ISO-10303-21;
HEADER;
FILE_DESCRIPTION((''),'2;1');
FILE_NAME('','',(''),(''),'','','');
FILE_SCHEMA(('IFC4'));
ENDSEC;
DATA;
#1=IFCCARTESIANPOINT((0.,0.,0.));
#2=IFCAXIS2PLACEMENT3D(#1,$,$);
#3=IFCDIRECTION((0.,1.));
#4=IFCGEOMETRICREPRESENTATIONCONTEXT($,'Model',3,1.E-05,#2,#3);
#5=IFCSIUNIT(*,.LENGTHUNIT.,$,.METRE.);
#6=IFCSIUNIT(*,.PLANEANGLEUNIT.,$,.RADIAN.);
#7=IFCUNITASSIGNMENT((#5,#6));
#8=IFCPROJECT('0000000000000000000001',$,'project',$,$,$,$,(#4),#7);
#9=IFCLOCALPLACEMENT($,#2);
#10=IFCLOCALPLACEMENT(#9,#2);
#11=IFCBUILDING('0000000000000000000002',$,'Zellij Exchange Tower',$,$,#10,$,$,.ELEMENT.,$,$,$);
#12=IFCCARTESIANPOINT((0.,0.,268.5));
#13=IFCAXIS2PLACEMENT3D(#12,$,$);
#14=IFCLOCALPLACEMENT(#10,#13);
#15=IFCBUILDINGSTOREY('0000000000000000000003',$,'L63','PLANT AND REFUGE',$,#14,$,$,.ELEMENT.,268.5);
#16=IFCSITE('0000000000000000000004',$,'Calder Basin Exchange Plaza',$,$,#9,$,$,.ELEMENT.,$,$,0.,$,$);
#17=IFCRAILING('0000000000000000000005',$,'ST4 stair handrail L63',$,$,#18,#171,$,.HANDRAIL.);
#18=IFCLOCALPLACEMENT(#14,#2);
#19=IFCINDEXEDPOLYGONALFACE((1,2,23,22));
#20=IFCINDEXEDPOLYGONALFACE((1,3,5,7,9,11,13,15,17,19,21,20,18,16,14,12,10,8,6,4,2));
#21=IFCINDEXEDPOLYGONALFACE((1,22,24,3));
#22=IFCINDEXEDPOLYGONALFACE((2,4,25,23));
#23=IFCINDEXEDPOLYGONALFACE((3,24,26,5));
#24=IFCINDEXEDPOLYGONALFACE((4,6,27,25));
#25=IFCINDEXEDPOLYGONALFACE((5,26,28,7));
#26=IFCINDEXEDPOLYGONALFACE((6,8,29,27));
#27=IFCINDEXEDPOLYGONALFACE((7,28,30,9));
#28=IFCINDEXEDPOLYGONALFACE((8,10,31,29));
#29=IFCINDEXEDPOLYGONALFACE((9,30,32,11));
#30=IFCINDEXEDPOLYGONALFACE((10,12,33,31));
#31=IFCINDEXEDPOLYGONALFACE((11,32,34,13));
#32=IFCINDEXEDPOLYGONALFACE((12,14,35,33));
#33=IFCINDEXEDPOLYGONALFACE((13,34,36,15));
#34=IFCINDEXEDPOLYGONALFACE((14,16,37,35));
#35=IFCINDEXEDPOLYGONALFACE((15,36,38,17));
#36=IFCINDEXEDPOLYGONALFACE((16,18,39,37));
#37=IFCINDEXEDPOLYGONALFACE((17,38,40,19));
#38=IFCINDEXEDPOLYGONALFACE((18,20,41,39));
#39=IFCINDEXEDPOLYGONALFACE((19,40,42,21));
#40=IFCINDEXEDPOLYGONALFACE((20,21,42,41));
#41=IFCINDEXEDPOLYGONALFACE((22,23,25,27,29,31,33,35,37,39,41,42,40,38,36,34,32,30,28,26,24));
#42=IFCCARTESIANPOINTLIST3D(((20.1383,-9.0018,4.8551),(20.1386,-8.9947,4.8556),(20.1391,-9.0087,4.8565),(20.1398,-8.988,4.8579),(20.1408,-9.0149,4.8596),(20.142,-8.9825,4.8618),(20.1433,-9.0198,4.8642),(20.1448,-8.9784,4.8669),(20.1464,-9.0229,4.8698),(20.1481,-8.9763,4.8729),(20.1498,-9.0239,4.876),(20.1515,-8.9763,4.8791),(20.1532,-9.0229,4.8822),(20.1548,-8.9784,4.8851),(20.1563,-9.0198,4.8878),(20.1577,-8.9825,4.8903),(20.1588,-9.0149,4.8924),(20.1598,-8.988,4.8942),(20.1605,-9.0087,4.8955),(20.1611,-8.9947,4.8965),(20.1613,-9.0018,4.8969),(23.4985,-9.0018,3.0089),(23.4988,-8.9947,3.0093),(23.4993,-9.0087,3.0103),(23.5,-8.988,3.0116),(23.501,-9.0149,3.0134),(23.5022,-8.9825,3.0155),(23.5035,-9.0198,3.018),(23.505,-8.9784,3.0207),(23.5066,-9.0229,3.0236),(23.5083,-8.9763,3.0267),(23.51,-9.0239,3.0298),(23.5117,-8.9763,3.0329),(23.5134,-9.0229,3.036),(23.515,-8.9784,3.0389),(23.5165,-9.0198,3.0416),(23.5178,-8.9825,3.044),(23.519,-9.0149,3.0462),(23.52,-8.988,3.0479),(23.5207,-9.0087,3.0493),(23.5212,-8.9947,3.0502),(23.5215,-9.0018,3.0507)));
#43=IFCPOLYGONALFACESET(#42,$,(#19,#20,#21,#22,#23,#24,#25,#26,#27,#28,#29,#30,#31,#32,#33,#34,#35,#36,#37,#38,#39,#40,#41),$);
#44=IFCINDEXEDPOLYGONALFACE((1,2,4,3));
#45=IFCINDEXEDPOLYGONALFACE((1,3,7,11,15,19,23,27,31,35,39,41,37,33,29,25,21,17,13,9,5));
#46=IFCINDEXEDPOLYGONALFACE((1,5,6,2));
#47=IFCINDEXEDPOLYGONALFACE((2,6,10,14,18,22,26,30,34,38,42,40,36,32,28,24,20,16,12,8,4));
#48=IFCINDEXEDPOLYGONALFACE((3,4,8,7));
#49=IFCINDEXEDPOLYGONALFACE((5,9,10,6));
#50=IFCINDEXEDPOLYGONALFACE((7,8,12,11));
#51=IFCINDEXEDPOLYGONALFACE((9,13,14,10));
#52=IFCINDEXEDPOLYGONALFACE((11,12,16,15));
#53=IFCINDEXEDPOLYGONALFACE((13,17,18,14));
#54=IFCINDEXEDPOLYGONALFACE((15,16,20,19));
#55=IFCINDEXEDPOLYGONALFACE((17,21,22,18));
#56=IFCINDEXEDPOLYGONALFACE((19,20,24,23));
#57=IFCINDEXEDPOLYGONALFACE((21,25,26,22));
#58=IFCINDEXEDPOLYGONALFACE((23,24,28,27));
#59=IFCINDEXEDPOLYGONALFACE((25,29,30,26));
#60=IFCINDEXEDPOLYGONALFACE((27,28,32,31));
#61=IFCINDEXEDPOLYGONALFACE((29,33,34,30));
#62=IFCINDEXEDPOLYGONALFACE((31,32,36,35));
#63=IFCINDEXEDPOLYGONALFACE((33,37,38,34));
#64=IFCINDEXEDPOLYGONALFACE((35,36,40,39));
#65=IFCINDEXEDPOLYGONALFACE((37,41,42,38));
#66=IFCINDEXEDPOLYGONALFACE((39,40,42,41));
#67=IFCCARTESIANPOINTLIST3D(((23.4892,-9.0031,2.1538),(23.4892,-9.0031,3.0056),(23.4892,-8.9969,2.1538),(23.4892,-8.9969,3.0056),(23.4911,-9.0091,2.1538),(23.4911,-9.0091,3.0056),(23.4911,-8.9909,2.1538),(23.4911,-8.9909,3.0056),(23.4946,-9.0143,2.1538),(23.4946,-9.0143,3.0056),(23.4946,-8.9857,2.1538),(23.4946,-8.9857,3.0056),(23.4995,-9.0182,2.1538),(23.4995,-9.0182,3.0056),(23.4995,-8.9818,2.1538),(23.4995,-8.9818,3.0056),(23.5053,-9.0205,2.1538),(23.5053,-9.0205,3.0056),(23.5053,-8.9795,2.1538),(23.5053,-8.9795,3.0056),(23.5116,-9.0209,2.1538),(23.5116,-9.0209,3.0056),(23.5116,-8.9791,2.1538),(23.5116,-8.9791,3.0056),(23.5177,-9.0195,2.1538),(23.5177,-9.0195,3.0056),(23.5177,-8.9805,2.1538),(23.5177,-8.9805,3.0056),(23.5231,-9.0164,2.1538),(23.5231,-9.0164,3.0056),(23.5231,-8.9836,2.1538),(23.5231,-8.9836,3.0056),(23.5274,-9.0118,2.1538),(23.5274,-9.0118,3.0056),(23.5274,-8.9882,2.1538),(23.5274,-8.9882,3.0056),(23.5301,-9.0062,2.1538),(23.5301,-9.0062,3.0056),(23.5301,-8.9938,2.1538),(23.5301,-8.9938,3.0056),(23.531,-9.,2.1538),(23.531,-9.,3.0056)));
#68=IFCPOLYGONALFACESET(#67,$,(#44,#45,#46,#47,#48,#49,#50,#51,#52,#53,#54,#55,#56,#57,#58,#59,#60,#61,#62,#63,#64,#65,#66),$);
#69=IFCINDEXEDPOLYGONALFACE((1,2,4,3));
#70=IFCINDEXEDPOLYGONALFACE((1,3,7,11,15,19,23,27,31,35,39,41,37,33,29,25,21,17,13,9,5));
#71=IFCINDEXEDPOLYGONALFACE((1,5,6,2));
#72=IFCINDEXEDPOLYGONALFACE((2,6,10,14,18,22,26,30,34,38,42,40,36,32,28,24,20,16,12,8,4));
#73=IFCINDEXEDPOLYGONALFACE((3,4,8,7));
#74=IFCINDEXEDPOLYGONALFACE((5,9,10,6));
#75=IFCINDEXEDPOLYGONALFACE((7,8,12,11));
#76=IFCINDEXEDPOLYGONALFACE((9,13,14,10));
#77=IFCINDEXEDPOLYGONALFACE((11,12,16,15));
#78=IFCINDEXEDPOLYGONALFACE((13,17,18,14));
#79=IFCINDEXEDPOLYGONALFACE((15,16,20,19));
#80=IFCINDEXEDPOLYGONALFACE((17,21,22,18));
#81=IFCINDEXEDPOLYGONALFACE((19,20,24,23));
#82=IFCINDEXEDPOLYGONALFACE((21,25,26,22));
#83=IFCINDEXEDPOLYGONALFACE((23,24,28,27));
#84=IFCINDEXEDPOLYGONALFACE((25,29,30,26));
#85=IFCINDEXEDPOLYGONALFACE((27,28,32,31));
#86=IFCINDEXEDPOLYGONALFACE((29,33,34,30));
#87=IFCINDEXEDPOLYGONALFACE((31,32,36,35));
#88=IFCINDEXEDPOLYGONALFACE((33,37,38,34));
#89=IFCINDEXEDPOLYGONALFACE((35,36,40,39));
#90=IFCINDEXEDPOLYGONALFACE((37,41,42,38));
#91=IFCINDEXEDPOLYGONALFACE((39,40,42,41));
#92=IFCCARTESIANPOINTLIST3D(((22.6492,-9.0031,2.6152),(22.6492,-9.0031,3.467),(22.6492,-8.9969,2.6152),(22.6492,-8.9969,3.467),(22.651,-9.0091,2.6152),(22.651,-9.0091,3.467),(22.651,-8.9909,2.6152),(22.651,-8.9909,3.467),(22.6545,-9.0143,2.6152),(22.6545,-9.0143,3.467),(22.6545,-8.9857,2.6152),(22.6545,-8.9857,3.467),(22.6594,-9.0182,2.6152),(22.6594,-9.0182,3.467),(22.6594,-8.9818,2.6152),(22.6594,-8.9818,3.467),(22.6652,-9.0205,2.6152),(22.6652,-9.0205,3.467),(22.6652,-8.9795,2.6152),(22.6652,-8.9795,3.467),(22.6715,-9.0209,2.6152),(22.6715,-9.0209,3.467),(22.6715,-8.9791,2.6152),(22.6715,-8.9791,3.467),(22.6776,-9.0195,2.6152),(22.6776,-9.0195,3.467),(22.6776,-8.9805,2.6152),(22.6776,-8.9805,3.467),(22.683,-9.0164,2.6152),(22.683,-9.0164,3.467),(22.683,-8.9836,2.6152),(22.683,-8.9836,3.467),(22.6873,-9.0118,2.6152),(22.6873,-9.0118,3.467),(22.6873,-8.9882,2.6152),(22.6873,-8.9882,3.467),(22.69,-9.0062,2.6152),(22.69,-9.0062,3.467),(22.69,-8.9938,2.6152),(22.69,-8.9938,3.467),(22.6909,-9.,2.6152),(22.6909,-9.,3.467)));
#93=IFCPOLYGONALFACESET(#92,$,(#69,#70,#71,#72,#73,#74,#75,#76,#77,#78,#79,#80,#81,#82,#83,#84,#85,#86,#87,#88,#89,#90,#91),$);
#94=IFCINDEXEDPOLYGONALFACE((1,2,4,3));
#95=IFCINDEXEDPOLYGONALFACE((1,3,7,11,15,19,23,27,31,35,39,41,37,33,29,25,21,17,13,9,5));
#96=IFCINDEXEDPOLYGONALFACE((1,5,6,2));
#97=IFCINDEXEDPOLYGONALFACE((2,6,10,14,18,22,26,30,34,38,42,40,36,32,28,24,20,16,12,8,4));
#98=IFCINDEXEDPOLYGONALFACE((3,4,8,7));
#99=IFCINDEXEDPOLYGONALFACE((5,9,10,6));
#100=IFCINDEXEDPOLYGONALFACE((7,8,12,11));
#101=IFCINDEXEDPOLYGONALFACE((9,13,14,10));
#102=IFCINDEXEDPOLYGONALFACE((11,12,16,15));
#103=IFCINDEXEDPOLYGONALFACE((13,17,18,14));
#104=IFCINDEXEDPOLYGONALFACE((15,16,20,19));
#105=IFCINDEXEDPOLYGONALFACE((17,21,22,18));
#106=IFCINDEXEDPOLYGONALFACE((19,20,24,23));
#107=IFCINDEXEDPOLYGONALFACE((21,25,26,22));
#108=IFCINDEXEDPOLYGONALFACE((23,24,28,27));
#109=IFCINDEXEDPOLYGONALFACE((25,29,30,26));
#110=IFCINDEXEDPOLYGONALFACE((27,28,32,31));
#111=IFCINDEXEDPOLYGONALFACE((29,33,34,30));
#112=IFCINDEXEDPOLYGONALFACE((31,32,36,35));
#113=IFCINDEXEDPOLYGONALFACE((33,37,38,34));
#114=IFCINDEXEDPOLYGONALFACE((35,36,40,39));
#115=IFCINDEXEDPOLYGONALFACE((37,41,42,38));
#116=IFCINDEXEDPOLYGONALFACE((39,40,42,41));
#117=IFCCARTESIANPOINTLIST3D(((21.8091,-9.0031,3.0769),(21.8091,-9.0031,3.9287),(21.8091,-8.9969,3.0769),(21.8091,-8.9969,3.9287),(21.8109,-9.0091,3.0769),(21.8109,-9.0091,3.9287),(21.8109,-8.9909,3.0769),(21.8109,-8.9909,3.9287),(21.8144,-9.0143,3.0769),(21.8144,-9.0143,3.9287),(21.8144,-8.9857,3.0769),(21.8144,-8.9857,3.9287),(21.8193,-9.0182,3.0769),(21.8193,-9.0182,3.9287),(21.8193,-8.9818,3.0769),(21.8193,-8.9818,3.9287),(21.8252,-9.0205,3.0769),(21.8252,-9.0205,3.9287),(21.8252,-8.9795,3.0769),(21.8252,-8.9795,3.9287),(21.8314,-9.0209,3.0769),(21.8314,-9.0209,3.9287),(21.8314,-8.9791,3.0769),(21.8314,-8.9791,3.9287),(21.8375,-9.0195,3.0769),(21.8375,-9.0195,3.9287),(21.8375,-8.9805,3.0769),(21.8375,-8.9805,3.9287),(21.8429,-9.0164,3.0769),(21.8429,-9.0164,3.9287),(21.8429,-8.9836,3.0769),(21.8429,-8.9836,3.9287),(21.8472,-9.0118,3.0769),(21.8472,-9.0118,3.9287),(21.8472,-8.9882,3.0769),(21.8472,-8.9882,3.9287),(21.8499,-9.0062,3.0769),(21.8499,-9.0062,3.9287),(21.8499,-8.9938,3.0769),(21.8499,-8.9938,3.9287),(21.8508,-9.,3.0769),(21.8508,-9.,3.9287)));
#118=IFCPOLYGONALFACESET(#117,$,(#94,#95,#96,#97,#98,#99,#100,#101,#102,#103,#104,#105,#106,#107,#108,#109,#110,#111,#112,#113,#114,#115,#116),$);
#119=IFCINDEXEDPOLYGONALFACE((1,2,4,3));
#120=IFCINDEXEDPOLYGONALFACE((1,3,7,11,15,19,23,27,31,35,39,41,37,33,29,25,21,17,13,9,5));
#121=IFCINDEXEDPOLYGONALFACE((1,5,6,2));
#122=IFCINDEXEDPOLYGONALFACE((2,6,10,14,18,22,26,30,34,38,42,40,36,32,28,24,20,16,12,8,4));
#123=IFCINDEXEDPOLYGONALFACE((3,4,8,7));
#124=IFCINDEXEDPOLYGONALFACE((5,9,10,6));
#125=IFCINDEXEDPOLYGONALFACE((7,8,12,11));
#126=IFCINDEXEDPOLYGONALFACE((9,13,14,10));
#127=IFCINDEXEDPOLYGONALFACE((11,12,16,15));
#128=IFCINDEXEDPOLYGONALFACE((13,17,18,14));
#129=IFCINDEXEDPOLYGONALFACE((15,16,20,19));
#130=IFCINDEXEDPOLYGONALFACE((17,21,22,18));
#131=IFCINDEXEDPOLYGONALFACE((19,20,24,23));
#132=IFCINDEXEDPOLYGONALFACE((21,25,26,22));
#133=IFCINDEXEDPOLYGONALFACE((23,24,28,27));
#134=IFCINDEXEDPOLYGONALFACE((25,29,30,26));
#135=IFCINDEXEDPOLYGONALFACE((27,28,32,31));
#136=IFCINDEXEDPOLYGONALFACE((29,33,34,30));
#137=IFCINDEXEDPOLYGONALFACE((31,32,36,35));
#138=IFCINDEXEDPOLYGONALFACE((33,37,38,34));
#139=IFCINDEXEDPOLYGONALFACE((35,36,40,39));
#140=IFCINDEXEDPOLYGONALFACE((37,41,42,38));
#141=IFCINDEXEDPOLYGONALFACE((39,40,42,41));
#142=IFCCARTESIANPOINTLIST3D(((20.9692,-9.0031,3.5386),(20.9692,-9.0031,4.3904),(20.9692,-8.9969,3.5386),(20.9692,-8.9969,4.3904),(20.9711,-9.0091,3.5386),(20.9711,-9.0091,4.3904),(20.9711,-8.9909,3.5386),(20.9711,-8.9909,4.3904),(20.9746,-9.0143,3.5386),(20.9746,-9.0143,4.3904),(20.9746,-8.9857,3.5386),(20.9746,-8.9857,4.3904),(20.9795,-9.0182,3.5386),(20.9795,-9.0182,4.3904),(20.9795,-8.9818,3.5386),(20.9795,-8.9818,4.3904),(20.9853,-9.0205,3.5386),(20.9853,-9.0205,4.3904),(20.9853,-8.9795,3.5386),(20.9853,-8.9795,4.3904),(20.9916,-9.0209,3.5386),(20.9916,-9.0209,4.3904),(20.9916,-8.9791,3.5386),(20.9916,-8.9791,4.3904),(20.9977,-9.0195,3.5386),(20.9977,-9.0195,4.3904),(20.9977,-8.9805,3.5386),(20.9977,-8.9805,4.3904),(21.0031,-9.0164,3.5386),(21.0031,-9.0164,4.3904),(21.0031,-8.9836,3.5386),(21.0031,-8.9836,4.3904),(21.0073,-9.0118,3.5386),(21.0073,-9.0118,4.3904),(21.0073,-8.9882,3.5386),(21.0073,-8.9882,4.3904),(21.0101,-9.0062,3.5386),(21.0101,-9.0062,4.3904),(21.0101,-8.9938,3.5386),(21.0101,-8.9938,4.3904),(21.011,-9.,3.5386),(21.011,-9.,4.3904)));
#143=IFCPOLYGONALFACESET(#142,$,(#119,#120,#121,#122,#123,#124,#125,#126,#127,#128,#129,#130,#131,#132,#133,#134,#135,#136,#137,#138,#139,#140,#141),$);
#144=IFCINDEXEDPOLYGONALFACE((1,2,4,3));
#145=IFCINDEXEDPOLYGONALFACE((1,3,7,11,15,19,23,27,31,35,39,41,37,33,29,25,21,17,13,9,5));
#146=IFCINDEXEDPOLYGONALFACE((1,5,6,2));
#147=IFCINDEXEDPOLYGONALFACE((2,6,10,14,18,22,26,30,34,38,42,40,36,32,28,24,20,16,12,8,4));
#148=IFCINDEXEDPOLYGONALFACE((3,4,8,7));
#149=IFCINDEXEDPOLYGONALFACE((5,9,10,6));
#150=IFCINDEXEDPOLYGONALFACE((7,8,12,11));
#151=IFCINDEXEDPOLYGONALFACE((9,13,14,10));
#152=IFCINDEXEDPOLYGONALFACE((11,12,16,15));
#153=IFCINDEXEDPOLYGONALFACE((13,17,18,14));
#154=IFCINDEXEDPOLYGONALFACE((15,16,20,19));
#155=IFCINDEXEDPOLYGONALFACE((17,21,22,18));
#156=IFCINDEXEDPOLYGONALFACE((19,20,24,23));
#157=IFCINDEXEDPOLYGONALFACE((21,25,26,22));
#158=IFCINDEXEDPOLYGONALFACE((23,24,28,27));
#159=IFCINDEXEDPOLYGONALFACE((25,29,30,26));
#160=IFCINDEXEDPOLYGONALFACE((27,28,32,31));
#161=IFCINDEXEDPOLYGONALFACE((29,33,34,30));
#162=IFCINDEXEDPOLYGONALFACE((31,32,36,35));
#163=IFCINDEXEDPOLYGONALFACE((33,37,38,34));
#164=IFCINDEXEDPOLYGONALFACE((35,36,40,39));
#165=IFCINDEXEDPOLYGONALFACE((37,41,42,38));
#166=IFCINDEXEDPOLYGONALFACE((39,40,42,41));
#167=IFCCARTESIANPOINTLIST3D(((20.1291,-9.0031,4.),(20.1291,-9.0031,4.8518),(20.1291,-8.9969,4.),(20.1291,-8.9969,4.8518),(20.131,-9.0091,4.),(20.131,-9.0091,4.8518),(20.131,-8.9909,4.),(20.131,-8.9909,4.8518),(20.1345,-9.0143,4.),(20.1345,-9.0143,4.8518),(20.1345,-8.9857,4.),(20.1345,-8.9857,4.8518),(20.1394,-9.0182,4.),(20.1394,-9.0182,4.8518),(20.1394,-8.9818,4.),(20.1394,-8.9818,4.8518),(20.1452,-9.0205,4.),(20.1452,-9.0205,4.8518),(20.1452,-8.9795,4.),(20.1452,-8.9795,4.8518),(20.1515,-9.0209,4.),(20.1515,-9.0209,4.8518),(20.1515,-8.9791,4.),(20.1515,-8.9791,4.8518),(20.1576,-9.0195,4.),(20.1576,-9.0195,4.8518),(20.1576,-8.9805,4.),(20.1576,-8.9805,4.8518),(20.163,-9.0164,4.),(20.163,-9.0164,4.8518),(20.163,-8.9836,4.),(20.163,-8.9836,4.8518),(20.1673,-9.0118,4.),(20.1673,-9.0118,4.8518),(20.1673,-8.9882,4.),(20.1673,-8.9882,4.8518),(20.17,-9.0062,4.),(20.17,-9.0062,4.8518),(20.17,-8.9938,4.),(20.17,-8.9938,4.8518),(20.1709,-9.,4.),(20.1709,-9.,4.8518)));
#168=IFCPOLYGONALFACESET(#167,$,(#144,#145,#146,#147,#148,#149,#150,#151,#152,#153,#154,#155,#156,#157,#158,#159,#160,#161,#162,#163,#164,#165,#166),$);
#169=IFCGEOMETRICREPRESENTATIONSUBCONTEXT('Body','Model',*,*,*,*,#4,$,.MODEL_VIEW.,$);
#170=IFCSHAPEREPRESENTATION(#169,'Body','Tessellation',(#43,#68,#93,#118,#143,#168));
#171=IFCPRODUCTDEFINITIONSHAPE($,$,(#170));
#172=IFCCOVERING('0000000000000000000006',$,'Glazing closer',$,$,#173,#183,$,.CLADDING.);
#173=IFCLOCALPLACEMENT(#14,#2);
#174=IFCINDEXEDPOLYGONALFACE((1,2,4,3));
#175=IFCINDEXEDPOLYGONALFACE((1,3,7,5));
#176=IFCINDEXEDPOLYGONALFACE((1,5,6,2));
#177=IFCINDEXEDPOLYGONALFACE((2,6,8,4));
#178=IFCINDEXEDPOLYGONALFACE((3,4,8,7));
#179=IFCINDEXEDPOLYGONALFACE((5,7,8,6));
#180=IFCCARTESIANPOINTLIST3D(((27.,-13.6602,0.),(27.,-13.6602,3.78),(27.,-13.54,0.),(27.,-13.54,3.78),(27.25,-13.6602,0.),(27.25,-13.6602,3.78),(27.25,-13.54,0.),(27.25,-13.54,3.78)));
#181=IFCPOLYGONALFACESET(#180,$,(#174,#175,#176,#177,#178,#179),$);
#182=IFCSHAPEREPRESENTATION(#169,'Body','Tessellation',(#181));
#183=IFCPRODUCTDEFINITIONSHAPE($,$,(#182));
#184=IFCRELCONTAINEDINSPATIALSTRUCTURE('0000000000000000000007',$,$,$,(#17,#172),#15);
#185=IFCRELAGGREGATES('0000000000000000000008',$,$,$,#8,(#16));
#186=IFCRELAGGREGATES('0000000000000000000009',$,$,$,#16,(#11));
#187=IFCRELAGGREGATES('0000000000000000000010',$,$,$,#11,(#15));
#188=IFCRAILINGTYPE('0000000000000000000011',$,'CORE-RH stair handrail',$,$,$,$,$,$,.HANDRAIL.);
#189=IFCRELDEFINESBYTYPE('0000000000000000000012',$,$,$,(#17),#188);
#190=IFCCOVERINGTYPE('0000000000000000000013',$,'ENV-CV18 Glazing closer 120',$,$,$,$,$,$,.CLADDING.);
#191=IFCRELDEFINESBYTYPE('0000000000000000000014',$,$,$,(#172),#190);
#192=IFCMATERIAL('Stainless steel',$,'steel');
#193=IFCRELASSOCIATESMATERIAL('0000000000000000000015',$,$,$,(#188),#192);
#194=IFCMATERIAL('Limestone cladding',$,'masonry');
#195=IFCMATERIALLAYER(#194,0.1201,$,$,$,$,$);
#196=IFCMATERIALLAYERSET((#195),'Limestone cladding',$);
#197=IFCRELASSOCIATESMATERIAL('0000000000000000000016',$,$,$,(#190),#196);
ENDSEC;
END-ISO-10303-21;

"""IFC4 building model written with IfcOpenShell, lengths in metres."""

from ifc_helpers import new_model, si_unit, direction, frame, origin, origin_2d, place, context, subcontext, project, spatial, rectangle, circle, extrude, material, layer, layer_set, type_object, element, save


model = new_model("IFC4")

# Units and contexts
model_context = context("Model", 3, precision=1e-05, world=origin(), true_north=direction((0.0, 1.0)))
body_context = subcontext(model_context, "Body", "Model", "MODEL_VIEW")
ifc_project = project(units=[si_unit("LENGTHUNIT", "METRE"), si_unit("PLANEANGLEUNIT", "RADIAN")], contexts=[model_context])

# Site, building, storey
site_placement = place(None, origin())
site = spatial("IfcSite", under=ifc_project, at=site_placement, Name="Calder Basin Exchange Plaza", CompositionType="ELEMENT", RefElevation=0.0)
building_placement = place(site_placement, origin())
building = spatial("IfcBuilding", under=site, at=building_placement, Name="Zellij Exchange Tower", CompositionType="ELEMENT")
storey_placement = place(building_placement, frame((0.0, 0.0, 268.5)))
storey = spatial("IfcBuildingStorey", under=building, at=storey_placement, Name="L63", Description="PLANT AND REFUGE", CompositionType="ELEMENT", Elevation=268.5)

# Railing
ifc_material_1 = material(Name="Stainless steel", Category="steel")
railing_type_1 = type_object("IfcRailingType", Name="CORE-RH stair handrail", PredefinedType="HANDRAIL", material=ifc_material_1)
railing_1_placement = place(storey_placement, frame((23.51, -9.0, 2.1538)))
element("IfcRailing", 1, at=railing_1_placement, inside=storey, type_object=railing_type_1, Name="ST4 stair handrail L63", PredefinedType="HANDRAIL", context=body_context, shape_type="SweptSolid", body=[
    extrude(circle(Radius=0.0239, at=origin_2d()), frame((0.0, 0.0, 0.876), z_axis=(-0.876422, 0.0, 0.481545), x_axis=(0.0, -1.0, 0.0)), (0.0, 0.0, 1.0), 3.834),
    extrude(circle(Radius=0.021, at=origin_2d()), origin(), (0.0, 0.0, 1.0), 0.8518),
    extrude(circle(Radius=0.021, at=origin_2d()), frame((-0.8401, 0.0, 0.4614)), (0.0, 0.0, 1.0), 0.8518),
    extrude(circle(Radius=0.021, at=origin_2d()), frame((-1.6802, 0.0, 0.9231)), (0.0, 0.0, 1.0), 0.8518),
    extrude(circle(Radius=0.021, at=origin_2d()), frame((-2.52, 0.0, 1.3848)), (0.0, 0.0, 1.0), 0.8518),
    extrude(circle(Radius=0.021, at=origin_2d()), frame((-3.3601, 0.0, 1.8462)), (0.0, 0.0, 1.0), 0.8518),
])

# Covering
ifc_material_2 = material(Name="Limestone cladding", Category="masonry")
ifc_layer_1 = layer(ifc_material_2, 0.1201)
ifc_layer_set_1 = layer_set([ifc_layer_1], Name="Limestone cladding")
covering_type = type_object("IfcCoveringType", Name="ENV-CV18 Glazing closer 120", PredefinedType="CLADDING", material=ifc_layer_set_1)
covering_placement = place(storey_placement, frame((27.125, -13.6001, 0.0), z_axis=(0.0, 0.0, 1.0), x_axis=(-1.0, 0.0, 0.0)))
element("IfcCovering", 2, at=covering_placement, inside=storey, type_object=covering_type, Name="Glazing closer", PredefinedType="CLADDING", context=body_context, shape_type="SweptSolid", body=[
    extrude(rectangle(XDim=0.25, YDim=0.1201, at=origin_2d()), origin(), (0.0, 0.0, 1.0), 3.78),
])

save(model, "model.ifc")
